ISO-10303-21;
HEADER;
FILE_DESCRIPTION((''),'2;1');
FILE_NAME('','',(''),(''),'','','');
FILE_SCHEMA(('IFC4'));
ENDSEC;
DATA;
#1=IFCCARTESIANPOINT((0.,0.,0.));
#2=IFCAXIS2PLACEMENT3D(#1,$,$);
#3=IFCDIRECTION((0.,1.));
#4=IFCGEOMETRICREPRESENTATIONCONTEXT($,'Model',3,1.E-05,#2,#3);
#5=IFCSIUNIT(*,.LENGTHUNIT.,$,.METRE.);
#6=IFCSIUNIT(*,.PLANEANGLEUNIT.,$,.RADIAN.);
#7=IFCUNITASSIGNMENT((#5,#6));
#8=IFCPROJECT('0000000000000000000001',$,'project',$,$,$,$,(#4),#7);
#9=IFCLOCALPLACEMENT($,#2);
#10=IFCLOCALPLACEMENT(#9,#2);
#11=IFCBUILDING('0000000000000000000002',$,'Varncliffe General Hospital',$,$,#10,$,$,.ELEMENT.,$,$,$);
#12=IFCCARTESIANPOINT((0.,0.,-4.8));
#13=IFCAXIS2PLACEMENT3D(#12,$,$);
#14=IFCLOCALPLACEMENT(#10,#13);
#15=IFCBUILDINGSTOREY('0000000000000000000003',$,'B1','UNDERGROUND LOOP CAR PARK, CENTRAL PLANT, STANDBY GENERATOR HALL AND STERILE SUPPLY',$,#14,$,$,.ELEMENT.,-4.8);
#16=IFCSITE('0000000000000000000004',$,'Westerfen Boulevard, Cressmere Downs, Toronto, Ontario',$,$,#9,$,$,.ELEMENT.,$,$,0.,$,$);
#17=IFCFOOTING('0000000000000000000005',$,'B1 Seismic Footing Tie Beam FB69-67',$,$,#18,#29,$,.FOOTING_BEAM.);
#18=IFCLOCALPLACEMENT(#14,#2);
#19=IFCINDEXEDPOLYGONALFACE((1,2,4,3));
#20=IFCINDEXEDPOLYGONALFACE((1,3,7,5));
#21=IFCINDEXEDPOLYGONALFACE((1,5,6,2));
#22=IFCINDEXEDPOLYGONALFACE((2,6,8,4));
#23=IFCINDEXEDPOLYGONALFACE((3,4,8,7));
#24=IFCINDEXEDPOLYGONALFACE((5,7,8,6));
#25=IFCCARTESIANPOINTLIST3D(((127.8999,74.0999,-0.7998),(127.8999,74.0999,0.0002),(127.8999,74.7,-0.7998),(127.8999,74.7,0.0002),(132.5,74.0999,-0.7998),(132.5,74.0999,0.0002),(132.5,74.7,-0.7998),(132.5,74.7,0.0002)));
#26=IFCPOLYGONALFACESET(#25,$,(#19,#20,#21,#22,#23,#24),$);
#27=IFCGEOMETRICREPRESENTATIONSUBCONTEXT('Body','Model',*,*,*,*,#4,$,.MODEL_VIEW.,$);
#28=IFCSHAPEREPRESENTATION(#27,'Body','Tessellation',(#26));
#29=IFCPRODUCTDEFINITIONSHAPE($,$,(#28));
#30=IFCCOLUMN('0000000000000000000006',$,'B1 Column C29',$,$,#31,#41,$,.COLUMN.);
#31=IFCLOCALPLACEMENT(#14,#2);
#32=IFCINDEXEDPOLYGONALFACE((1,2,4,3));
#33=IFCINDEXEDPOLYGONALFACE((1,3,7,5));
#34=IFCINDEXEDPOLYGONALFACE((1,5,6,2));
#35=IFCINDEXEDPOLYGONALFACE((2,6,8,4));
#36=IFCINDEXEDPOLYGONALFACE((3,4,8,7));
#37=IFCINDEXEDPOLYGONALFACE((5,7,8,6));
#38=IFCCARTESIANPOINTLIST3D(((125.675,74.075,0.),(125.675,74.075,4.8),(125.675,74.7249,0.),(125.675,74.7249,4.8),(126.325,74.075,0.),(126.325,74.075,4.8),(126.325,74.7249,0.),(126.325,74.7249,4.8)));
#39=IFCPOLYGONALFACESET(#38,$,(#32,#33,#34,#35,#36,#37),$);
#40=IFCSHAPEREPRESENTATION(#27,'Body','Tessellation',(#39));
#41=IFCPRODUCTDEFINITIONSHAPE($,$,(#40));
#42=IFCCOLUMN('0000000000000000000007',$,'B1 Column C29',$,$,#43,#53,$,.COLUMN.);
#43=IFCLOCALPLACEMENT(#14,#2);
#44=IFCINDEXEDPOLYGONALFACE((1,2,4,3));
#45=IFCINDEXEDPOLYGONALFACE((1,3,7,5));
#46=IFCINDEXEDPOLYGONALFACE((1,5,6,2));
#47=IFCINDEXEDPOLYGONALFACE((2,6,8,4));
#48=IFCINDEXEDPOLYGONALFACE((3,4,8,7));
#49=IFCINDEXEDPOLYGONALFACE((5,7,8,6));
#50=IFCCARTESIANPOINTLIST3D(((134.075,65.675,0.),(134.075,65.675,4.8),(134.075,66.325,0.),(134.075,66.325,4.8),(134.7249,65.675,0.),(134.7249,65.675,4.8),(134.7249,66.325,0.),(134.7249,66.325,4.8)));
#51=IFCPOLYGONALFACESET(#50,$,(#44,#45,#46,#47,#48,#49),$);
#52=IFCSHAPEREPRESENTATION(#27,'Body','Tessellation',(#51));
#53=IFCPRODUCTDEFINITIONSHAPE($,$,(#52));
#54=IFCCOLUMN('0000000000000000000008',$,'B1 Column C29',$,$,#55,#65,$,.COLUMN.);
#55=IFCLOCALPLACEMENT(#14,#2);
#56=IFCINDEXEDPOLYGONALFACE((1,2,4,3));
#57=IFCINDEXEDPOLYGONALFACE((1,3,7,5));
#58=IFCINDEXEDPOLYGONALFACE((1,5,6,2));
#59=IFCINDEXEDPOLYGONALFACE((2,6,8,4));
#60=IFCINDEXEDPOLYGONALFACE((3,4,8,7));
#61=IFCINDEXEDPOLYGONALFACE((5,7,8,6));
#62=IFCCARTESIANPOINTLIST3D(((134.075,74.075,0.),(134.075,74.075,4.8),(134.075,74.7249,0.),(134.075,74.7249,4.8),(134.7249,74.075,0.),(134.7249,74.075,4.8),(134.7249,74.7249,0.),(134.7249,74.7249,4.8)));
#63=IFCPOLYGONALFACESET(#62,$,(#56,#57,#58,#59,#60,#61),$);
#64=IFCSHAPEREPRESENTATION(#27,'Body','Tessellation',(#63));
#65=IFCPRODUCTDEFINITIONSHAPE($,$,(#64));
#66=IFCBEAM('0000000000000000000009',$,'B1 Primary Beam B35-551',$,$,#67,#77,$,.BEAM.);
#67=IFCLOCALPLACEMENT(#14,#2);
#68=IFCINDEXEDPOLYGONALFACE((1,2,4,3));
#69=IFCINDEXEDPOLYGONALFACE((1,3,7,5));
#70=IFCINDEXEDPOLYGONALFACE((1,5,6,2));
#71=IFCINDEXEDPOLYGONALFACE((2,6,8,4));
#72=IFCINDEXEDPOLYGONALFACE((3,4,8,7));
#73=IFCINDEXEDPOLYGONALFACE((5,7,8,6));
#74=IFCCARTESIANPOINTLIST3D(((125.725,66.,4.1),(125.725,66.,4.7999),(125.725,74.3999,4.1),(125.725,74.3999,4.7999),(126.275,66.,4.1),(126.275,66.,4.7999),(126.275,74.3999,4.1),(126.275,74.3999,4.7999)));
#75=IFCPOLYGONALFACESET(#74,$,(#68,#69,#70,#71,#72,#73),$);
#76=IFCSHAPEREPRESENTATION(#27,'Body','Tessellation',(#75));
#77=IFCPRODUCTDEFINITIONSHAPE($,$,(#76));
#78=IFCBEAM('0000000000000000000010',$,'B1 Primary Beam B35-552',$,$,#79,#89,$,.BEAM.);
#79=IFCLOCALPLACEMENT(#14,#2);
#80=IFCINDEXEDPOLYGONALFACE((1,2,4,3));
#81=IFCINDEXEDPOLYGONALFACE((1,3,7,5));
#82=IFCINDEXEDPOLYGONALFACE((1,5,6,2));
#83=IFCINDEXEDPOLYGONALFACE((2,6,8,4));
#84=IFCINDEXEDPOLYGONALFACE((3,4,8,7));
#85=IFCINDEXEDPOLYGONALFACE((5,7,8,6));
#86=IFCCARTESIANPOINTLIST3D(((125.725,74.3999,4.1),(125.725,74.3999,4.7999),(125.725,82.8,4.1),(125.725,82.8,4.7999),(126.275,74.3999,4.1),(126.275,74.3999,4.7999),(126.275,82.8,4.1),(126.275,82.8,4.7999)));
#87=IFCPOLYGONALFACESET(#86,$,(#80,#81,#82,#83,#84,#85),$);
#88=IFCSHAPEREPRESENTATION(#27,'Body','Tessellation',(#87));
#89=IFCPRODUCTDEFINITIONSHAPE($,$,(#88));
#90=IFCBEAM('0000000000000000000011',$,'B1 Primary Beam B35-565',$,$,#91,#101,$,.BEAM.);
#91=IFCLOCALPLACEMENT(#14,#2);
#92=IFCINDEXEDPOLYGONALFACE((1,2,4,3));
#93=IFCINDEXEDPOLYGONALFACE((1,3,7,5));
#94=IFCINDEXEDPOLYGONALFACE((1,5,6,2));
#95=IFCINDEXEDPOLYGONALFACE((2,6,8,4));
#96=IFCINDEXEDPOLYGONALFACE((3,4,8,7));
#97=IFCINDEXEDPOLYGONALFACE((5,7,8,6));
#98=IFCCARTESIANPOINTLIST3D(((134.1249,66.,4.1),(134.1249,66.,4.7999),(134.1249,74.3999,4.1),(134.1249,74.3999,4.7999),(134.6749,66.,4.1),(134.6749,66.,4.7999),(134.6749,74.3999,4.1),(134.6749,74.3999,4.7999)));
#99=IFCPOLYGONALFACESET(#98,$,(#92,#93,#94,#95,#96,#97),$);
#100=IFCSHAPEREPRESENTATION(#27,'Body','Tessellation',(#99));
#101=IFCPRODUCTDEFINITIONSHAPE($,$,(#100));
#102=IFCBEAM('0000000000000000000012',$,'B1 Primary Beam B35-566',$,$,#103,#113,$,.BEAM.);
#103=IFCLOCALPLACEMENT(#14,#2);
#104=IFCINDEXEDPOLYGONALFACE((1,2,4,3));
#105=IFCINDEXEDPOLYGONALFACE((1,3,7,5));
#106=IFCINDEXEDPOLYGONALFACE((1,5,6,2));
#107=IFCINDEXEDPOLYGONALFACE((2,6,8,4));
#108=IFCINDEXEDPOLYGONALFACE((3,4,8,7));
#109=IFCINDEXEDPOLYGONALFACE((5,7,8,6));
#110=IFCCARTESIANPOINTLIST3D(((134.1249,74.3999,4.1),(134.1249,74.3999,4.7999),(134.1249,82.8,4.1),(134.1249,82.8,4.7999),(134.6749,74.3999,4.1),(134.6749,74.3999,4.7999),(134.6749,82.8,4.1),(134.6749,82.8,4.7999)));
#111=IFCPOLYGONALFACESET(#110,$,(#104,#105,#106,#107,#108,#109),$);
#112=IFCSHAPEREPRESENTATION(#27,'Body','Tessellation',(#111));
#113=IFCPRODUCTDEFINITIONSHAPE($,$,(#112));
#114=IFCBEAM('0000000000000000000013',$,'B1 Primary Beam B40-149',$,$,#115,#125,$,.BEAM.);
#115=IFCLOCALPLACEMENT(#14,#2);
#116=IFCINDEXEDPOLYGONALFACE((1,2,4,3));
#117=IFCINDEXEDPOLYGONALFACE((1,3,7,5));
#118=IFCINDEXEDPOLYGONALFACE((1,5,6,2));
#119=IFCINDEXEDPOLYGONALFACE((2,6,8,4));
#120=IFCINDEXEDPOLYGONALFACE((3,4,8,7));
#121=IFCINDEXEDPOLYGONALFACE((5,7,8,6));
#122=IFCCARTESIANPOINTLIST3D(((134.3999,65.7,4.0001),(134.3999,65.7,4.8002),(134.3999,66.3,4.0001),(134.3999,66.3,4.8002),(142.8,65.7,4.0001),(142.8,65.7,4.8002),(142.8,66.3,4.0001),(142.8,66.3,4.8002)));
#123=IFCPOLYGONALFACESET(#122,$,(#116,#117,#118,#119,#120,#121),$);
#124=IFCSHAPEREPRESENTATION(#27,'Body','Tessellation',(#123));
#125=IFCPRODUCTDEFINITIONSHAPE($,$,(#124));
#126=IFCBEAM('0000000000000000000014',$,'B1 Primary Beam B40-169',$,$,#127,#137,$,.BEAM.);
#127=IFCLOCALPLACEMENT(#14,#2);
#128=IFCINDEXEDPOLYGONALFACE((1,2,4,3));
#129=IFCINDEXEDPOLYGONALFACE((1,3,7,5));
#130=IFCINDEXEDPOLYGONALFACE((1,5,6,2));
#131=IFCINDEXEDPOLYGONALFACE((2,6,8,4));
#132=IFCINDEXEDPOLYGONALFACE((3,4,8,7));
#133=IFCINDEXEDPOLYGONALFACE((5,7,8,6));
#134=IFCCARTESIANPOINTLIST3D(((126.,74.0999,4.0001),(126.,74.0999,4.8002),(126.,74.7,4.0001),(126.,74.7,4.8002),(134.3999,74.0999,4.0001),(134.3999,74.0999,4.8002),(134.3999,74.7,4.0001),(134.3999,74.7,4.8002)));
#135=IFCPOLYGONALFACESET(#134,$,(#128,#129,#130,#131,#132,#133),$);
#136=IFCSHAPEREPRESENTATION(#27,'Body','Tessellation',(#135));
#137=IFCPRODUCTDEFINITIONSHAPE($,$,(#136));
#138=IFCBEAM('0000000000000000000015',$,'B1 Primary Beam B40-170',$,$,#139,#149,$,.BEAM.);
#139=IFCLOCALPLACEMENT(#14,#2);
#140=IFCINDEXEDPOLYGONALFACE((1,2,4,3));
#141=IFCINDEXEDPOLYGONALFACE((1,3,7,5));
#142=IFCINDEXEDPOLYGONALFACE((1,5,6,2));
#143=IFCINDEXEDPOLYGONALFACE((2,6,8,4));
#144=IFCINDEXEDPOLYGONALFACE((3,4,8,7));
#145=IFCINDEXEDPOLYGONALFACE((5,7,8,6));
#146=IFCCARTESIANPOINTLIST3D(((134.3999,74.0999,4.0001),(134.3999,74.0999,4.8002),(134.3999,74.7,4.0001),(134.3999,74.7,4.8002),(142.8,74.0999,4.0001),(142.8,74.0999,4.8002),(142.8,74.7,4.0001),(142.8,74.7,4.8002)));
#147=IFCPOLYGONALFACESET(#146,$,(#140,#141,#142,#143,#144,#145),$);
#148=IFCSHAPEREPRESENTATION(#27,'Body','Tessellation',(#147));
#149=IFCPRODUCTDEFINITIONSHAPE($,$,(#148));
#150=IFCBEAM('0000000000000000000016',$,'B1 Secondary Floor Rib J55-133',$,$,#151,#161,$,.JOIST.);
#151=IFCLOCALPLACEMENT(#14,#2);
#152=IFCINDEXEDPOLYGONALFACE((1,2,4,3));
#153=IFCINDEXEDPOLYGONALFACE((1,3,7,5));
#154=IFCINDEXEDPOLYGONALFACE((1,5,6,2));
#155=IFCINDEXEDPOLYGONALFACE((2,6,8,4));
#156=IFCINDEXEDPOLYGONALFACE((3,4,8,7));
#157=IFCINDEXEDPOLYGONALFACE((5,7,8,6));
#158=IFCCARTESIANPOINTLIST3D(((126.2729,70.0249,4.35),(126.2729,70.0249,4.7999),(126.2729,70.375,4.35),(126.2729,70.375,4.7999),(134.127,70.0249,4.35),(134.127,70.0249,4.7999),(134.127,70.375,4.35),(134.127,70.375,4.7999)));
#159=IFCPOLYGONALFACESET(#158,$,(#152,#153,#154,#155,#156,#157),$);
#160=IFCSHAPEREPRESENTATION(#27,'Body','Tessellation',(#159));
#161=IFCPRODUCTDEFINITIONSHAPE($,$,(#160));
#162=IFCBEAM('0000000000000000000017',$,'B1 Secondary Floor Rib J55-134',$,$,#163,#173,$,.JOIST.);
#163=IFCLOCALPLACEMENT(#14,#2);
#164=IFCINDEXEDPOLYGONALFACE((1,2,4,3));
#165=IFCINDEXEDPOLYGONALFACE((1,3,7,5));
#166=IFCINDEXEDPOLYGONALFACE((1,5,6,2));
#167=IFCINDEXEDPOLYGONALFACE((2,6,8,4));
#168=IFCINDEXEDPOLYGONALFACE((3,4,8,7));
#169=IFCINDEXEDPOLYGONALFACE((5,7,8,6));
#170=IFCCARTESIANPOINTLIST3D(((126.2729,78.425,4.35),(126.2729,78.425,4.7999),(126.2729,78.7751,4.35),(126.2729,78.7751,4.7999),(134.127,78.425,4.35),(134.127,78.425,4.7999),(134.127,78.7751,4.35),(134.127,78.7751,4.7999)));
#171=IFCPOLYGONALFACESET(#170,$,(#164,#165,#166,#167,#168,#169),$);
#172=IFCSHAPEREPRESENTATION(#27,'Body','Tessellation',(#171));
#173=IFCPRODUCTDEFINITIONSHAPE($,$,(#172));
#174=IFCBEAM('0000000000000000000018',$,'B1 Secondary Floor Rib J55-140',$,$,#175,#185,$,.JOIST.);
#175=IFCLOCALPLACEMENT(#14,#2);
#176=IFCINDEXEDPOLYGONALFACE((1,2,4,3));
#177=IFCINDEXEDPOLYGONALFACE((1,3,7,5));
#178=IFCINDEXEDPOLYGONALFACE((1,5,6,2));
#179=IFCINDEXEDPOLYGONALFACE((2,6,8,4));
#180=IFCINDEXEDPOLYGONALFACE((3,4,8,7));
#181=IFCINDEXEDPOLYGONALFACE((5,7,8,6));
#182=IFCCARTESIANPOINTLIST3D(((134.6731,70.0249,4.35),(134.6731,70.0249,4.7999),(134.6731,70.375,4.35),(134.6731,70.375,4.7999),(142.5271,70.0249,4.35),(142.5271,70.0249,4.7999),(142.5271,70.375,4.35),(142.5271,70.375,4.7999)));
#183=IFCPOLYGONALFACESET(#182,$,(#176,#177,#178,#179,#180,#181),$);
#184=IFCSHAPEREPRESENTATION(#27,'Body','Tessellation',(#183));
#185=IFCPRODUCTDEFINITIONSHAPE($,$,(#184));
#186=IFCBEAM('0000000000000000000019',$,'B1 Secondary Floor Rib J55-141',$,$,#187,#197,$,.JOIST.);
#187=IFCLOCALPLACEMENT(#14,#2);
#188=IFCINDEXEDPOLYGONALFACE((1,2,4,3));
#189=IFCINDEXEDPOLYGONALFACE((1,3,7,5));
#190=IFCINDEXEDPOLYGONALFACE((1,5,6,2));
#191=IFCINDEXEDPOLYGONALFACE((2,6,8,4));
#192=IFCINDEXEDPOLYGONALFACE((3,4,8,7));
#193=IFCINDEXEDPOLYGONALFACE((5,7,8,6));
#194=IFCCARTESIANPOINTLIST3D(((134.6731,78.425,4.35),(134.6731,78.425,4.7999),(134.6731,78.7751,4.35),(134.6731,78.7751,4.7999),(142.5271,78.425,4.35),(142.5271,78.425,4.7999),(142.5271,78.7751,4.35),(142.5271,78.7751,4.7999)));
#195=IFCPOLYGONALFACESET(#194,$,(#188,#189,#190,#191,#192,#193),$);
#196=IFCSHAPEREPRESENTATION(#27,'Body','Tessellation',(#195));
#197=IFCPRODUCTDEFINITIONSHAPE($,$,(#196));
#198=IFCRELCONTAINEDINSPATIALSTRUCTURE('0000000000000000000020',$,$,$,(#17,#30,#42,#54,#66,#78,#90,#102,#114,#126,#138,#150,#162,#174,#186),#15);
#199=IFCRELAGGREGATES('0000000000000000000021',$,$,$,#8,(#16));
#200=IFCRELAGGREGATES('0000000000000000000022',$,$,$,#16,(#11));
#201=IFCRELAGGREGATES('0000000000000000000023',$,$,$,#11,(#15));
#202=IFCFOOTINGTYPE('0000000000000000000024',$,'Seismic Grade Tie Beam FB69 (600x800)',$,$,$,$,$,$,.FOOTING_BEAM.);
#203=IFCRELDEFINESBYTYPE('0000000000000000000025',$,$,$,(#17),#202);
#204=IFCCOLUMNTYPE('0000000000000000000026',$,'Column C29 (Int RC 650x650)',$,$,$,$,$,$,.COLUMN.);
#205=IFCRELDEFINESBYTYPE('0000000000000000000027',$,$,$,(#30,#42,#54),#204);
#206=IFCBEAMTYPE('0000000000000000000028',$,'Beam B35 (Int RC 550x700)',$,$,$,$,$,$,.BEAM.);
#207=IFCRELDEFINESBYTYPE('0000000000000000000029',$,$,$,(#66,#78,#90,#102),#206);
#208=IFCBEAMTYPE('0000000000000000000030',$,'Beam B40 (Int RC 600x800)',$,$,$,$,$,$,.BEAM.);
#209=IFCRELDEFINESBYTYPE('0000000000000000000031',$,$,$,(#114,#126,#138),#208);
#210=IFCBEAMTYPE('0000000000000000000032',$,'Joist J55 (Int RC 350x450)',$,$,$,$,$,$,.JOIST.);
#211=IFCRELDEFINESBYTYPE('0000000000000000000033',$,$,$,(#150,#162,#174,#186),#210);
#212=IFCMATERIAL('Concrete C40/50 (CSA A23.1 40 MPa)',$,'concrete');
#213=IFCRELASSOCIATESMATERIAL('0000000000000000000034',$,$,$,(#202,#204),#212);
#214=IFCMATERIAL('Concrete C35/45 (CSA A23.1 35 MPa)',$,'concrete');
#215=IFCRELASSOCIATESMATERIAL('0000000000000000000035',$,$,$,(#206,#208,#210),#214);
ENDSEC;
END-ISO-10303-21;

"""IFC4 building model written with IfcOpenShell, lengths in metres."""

from ifc_helpers import new_model, si_unit, direction, frame, origin, origin_2d, place, context, subcontext, project, spatial, rectangle, extrude, material, material_profile, profile_set, type_object, element, save


model = new_model("IFC4")

# Units and contexts
model_context = context("Model", 3, precision=1e-05, world=origin(), true_north=direction((0.0, 1.0)))
body_context = subcontext(model_context, "Body", "Model", "MODEL_VIEW")
ifc_project = project(units=[si_unit("LENGTHUNIT", "METRE"), si_unit("PLANEANGLEUNIT", "RADIAN")], contexts=[model_context])

# Site, building, storey
site_placement = place(None, origin())
site = spatial("IfcSite", under=ifc_project, at=site_placement, Name="Westerfen Boulevard, Cressmere Downs, Toronto, Ontario", CompositionType="ELEMENT", RefElevation=0.0)
building_placement = place(site_placement, origin())
building = spatial("IfcBuilding", under=site, at=building_placement, Name="Varncliffe General Hospital", CompositionType="ELEMENT")
storey_placement = place(building_placement, frame((0.0, 0.0, -4.8)))
storey = spatial("IfcBuildingStorey", under=building, at=storey_placement, Name="B1", Description="UNDERGROUND LOOP CAR PARK, CENTRAL PLANT, STANDBY GENERATOR HALL AND STERILE SUPPLY", CompositionType="ELEMENT", Elevation=-4.8)

# Shared definitions
ifc_material_1 = material(Name="Concrete C40/50 (CSA A23.1 40 MPa)", Category="concrete")

# Footing
footing_type_1 = type_object("IfcFootingType", Name="Seismic Grade Tie Beam FB69 (600x800)", PredefinedType="FOOTING_BEAM", material=ifc_material_1)
footing_placement = place(storey_placement, frame((130.2, 74.3999, -0.7998), z_axis=(0.0, 0.0, 1.0), x_axis=(1.0, 0.0, 0.0)))
element("IfcFooting", 1, at=footing_placement, inside=storey, type_object=footing_type_1, Name="B1 Seismic Footing Tie Beam FB69-67", PredefinedType="FOOTING_BEAM", context=body_context, shape_type="SweptSolid", body=[
    extrude(rectangle(XDim=4.6001, YDim=0.6001, at=origin_2d()), origin(), (0.0, 0.0, 1.0), 0.8),
])

# Columns
ifc_material_profile_1 = material_profile(ifc_material_1, rectangle(XDim=0.6499, YDim=0.6499, at=origin_2d()), Name="RC 650x650")
ifc_profile_set_1 = profile_set([ifc_material_profile_1], Name="Concrete C40/50 (CSA A23.1 40 MPa)")
column_type = type_object("IfcColumnType", Name="Column C29 (Int RC 650x650)", PredefinedType="COLUMN", material=ifc_profile_set_1)
for number, where, z_axis, x_axis, name in (
    (2, (126.0, 74.3999, 0.0), (0.0, 0.0, 1.0), (1.0, 0.0, 0.0), "B1 Column C29"),
    (3, (134.3999, 66.0, 0.0), (0.0, 0.0, 1.0), (1.0, 0.0, 0.0), "B1 Column C29"),
    (4, (134.3999, 74.3999, 0.0), (0.0, 0.0, 1.0), (1.0, 0.0, 0.0), "B1 Column C29"),
):
    element("IfcColumn", number, at=place(storey_placement, frame(where, z_axis=z_axis, x_axis=x_axis)), inside=storey, type_object=column_type, Name=name, PredefinedType="COLUMN", context=body_context, shape_type="SweptSolid", body=[
        extrude(rectangle(XDim=0.6499, YDim=0.6499, at=origin_2d()), origin(), (0.0, 0.0, 1.0), 4.8),
    ])

# Beams
ifc_material_2 = material(Name="Concrete C35/45 (CSA A23.1 35 MPa)", Category="concrete")
ifc_material_profile_2 = material_profile(ifc_material_2, rectangle(XDim=0.55, YDim=0.7, at=origin_2d()), Name="RC 550x700")
ifc_profile_set_2 = profile_set([ifc_material_profile_2], Name="Concrete C35/45 (CSA A23.1 35 MPa)")
beam_type_1 = type_object("IfcBeamType", Name="Beam B35 (Int RC 550x700)", PredefinedType="BEAM", material=ifc_profile_set_2)
beam_1_placement = place(storey_placement, frame((126.0, 66.0, 4.45), z_axis=(0.0, 1.0, 0.0), x_axis=(-1.0, 0.0, 0.0)))
element("IfcBeam", 5, at=beam_1_placement, inside=storey, type_object=beam_type_1, Name="B1 Primary Beam B35-551", PredefinedType="BEAM", context=body_context, shape_type="SweptSolid", body=[
    extrude(rectangle(XDim=0.55, YDim=0.7, at=origin_2d()), origin(), (0.0, 0.0, 1.0), 8.3999),
])
beam_2_placement = place(storey_placement, frame((126.0, 74.3999, 4.45), z_axis=(0.0, 1.0, 0.0), x_axis=(-1.0, 0.0, 0.0)))
element("IfcBeam", 6, at=beam_2_placement, inside=storey, type_object=beam_type_1, Name="B1 Primary Beam B35-552", PredefinedType="BEAM", context=body_context, shape_type="SweptSolid", body=[
    extrude(rectangle(XDim=0.55, YDim=0.7, at=origin_2d()), origin(), (0.0, 0.0, 1.0), 8.4001),
])
beam_3_placement = place(storey_placement, frame((134.3999, 66.0, 4.45), z_axis=(0.0, 1.0, 0.0), x_axis=(-1.0, 0.0, 0.0)))
element("IfcBeam", 7, at=beam_3_placement, inside=storey, type_object=beam_type_1, Name="B1 Primary Beam B35-565", PredefinedType="BEAM", context=body_context, shape_type="SweptSolid", body=[
    extrude(rectangle(XDim=0.55, YDim=0.7, at=origin_2d()), origin(), (0.0, 0.0, 1.0), 8.3999),
])
beam_4_placement = place(storey_placement, frame((134.3999, 74.3999, 4.45), z_axis=(0.0, 1.0, 0.0), x_axis=(-1.0, 0.0, 0.0)))
element("IfcBeam", 8, at=beam_4_placement, inside=storey, type_object=beam_type_1, Name="B1 Primary Beam B35-566", PredefinedType="BEAM", context=body_context, shape_type="SweptSolid", body=[
    extrude(rectangle(XDim=0.55, YDim=0.7, at=origin_2d()), origin(), (0.0, 0.0, 1.0), 8.4001),
])
ifc_material_profile_3 = material_profile(ifc_material_2, rectangle(XDim=0.6001, YDim=0.8, at=origin_2d()), Name="RC 600x800")
ifc_profile_set_3 = profile_set([ifc_material_profile_3], Name="Concrete C35/45 (CSA A23.1 35 MPa)")
beam_type_2 = type_object("IfcBeamType", Name="Beam B40 (Int RC 600x800)", PredefinedType="BEAM", material=ifc_profile_set_3)
beam_5_placement = place(storey_placement, frame((134.3999, 66.0, 4.4001), z_axis=(1.0, 0.0, 0.0), x_axis=(0.0, 1.0, 0.0)))
element("IfcBeam", 9, at=beam_5_placement, inside=storey, type_object=beam_type_2, Name="B1 Primary Beam B40-149", PredefinedType="BEAM", context=body_context, shape_type="SweptSolid", body=[
    extrude(rectangle(XDim=0.6001, YDim=0.8, at=origin_2d()), origin(), (0.0, 0.0, 1.0), 8.4001),
])
beam_6_placement = place(storey_placement, frame((126.0, 74.3999, 4.4001), z_axis=(1.0, 0.0, 0.0), x_axis=(0.0, 1.0, 0.0)))
element("IfcBeam", 10, at=beam_6_placement, inside=storey, type_object=beam_type_2, Name="B1 Primary Beam B40-169", PredefinedType="BEAM", context=body_context, shape_type="SweptSolid", body=[
    extrude(rectangle(XDim=0.6001, YDim=0.8, at=origin_2d()), origin(), (0.0, 0.0, 1.0), 8.3999),
])
beam_7_placement = place(storey_placement, frame((134.3999, 74.3999, 4.4001), z_axis=(1.0, 0.0, 0.0), x_axis=(0.0, 1.0, 0.0)))
element("IfcBeam", 11, at=beam_7_placement, inside=storey, type_object=beam_type_2, Name="B1 Primary Beam B40-170", PredefinedType="BEAM", context=body_context, shape_type="SweptSolid", body=[
    extrude(rectangle(XDim=0.6001, YDim=0.8, at=origin_2d()), origin(), (0.0, 0.0, 1.0), 8.4001),
])
ifc_material_profile_4 = material_profile(ifc_material_2, rectangle(XDim=0.3501, YDim=0.45, at=origin_2d()), Name="RC 350x450")
ifc_profile_set_4 = profile_set([ifc_material_profile_4], Name="Concrete C35/45 (CSA A23.1 35 MPa)")
beam_type_3 = type_object("IfcBeamType", Name="Joist J55 (Int RC 350x450)", PredefinedType="JOIST", material=ifc_profile_set_4)
for number, where, z_axis, x_axis, name in (
    (12, (126.2729, 70.2, 4.575), (1.0, 0.0, 0.0), (0.0, 1.0, 0.0), "B1 Secondary Floor Rib J55-133"),
    (13, (126.2729, 78.6001, 4.575), (1.0, 0.0, 0.0), (0.0, 1.0, 0.0), "B1 Secondary Floor Rib J55-134"),
    (14, (134.6731, 70.2, 4.575), (1.0, 0.0, 0.0), (0.0, 1.0, 0.0), "B1 Secondary Floor Rib J55-140"),
    (15, (134.6731, 78.6001, 4.575), (1.0, 0.0, 0.0), (0.0, 1.0, 0.0), "B1 Secondary Floor Rib J55-141"),
):
    element("IfcBeam", number, at=place(storey_placement, frame(where, z_axis=z_axis, x_axis=x_axis)), inside=storey, type_object=beam_type_3, Name=name, PredefinedType="JOIST", context=body_context, shape_type="SweptSolid", body=[
        extrude(rectangle(XDim=0.3501, YDim=0.45, at=origin_2d()), origin(), (0.0, 0.0, 1.0), 7.854),
    ])

save(model, "model.ifc")
